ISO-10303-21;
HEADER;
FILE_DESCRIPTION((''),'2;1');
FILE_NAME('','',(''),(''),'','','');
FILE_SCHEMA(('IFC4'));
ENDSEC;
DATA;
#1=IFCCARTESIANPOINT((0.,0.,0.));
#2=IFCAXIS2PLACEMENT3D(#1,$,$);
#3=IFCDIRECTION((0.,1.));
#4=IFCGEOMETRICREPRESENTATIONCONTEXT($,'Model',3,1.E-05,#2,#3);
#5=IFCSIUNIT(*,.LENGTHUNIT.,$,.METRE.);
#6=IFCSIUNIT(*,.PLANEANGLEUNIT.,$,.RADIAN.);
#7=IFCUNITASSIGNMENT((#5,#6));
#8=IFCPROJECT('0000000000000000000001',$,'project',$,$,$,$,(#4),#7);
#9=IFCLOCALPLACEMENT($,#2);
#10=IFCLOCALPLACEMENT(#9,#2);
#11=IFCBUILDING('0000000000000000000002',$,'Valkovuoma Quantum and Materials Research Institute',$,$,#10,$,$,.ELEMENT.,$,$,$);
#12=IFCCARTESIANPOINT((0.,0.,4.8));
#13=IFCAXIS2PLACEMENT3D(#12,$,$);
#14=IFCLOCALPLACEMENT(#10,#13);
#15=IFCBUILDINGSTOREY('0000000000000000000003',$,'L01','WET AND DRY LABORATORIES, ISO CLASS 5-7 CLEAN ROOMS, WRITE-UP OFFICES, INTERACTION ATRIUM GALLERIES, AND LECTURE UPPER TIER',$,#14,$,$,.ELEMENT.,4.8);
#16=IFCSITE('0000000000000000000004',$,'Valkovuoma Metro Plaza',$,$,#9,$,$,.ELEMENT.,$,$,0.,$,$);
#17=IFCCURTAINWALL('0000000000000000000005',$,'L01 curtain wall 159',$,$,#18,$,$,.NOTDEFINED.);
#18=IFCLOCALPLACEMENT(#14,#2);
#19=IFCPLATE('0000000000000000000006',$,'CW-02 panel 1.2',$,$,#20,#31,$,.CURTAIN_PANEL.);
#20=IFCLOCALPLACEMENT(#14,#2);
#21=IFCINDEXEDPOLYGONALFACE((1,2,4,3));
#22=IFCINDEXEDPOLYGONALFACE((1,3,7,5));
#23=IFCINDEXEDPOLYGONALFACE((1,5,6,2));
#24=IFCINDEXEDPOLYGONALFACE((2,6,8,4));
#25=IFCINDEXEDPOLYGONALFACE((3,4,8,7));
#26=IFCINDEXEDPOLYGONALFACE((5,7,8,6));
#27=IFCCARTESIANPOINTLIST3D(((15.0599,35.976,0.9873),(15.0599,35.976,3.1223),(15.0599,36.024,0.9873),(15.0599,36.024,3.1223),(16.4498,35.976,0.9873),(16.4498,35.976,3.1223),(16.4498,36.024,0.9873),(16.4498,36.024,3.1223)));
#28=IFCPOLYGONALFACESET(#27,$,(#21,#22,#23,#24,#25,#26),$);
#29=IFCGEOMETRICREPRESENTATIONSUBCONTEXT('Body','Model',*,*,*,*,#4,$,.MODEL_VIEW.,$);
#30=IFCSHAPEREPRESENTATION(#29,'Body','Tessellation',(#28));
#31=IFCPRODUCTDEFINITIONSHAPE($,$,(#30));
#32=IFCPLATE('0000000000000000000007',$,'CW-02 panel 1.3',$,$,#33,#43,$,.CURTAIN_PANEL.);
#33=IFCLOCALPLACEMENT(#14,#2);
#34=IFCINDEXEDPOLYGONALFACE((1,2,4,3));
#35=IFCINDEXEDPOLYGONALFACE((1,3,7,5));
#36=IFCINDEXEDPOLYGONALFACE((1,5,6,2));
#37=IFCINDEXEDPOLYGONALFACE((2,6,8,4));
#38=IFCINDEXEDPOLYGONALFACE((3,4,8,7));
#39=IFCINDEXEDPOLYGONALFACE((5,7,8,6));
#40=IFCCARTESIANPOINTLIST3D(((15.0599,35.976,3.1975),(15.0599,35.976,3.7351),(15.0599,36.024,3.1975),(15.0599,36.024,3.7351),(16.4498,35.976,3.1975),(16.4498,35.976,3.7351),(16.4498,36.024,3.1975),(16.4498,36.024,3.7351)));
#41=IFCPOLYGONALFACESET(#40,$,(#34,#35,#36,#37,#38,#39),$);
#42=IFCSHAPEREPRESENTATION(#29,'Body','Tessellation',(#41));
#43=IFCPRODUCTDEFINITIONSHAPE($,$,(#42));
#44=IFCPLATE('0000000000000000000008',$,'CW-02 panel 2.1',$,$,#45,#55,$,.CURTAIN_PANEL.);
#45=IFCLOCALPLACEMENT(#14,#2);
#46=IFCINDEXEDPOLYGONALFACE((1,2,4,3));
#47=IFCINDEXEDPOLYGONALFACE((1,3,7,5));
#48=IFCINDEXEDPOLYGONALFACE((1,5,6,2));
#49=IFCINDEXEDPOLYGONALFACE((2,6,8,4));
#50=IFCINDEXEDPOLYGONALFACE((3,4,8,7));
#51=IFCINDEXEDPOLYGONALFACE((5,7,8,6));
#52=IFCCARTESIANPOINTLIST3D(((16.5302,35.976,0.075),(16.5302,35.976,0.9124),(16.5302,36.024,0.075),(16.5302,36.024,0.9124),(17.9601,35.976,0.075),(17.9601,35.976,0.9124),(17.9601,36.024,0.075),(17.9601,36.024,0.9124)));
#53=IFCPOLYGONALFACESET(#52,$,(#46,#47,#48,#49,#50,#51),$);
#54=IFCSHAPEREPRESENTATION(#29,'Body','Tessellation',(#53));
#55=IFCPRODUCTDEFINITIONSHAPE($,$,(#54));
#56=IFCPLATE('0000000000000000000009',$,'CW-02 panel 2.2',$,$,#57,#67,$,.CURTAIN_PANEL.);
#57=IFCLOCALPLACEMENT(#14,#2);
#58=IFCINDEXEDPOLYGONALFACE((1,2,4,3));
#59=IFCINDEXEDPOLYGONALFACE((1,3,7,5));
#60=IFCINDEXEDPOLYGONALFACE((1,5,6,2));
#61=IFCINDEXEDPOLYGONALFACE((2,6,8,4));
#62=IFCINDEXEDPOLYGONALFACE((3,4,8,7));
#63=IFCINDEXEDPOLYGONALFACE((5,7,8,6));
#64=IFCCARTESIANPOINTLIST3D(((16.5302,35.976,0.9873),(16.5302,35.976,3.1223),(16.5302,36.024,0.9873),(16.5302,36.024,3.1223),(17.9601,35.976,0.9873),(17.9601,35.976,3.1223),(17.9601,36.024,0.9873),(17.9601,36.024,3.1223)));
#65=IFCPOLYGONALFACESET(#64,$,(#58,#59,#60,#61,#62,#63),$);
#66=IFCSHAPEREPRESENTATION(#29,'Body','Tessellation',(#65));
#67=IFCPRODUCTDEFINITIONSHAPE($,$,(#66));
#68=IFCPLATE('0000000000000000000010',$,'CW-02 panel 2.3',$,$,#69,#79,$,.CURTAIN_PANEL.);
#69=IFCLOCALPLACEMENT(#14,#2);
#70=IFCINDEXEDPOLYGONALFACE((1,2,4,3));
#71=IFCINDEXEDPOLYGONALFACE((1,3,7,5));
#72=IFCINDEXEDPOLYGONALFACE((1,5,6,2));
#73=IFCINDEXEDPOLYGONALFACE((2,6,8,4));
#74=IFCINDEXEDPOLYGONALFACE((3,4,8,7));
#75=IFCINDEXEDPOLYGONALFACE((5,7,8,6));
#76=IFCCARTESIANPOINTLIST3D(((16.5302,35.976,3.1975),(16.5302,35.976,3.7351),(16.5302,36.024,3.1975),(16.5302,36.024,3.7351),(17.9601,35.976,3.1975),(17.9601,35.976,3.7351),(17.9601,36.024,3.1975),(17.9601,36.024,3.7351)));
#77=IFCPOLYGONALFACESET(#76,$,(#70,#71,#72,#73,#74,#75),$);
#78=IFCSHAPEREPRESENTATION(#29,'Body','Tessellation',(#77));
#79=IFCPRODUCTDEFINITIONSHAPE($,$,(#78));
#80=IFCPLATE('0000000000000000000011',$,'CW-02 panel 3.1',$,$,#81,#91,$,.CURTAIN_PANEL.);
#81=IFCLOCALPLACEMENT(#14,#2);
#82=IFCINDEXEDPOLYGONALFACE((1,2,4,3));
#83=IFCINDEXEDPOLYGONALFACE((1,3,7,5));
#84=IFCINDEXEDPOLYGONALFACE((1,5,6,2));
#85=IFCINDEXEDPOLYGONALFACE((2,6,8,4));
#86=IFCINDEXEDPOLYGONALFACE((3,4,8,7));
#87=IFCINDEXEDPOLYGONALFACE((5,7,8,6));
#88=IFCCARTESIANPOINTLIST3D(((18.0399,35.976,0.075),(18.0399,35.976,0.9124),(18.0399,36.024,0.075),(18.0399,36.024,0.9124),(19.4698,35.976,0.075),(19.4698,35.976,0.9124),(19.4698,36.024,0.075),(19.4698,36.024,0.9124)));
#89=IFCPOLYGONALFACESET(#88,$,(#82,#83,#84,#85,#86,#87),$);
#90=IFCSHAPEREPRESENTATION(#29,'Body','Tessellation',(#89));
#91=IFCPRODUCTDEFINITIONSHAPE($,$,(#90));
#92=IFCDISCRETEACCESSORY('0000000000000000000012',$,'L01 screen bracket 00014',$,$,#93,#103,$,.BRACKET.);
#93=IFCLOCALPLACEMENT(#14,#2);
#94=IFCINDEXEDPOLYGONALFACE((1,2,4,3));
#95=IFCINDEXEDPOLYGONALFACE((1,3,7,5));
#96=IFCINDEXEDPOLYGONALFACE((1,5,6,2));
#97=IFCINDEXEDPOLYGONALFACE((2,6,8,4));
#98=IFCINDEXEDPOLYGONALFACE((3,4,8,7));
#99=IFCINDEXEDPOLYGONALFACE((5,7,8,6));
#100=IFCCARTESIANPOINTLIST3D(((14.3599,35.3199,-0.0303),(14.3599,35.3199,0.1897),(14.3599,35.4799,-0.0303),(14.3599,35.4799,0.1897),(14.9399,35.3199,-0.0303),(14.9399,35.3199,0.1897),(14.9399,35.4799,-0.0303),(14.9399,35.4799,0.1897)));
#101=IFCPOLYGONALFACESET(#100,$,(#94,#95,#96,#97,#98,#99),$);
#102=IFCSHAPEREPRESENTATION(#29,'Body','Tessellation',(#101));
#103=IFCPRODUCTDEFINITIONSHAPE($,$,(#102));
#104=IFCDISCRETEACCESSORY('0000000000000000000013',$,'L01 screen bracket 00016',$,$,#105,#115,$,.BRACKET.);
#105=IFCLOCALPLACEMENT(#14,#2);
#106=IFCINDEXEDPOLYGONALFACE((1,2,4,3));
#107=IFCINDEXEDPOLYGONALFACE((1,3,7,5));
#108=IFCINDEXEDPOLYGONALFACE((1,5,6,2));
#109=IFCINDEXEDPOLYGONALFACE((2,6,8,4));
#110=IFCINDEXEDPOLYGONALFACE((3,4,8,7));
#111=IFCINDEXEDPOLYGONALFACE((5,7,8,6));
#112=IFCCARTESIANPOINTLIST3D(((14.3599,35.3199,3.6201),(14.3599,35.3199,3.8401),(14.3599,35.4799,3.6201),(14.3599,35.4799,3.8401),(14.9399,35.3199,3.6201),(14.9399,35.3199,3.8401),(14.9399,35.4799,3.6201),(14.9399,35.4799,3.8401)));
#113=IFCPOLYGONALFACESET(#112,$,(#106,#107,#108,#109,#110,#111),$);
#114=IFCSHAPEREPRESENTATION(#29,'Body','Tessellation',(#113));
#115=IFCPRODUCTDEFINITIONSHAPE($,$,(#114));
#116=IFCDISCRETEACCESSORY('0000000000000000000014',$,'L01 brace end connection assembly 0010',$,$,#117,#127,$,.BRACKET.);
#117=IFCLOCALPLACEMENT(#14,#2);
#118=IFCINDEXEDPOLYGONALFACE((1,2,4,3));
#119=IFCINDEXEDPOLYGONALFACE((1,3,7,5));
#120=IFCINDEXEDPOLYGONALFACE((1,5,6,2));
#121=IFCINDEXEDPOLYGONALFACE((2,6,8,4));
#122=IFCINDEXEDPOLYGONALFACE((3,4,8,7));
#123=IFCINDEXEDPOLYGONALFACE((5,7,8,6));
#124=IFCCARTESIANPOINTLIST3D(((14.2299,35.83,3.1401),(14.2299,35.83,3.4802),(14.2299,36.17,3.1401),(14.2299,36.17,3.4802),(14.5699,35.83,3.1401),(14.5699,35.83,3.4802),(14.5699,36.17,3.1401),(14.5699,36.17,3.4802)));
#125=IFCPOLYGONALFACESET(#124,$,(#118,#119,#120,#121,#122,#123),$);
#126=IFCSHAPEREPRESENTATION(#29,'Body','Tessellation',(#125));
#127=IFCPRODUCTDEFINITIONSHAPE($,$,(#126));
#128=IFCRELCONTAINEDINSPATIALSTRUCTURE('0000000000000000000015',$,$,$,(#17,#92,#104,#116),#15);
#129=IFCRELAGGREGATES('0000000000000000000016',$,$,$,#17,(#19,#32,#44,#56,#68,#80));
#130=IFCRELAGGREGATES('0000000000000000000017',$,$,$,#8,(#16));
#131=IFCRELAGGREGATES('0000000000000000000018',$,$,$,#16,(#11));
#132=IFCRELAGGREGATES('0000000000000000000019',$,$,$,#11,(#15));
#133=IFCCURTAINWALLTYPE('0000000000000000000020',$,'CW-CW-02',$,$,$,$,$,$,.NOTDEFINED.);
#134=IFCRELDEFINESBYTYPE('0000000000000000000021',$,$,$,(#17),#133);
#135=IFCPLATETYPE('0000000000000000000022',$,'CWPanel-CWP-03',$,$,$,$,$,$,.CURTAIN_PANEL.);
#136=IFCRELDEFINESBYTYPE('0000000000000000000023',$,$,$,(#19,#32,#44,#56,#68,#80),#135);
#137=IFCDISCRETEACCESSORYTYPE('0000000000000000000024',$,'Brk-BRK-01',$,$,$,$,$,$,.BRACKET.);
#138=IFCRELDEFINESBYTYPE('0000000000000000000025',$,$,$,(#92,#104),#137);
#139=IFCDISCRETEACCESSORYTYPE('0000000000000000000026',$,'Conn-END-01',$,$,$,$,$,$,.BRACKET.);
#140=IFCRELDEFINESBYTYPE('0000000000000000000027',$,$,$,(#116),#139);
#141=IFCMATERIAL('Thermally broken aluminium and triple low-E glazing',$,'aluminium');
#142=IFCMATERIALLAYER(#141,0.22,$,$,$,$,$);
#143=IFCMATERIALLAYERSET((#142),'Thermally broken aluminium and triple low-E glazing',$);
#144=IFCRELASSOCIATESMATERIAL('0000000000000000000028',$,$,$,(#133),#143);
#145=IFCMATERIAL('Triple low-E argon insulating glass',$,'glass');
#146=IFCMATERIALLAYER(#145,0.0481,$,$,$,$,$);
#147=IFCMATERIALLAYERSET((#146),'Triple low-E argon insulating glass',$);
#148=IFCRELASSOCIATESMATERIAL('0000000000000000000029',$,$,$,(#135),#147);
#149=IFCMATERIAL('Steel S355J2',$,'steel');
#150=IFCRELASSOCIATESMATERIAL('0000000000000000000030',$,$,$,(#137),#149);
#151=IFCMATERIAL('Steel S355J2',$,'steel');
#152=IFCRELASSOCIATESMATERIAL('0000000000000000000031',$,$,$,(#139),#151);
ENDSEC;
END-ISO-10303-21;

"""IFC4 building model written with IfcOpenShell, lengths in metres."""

from ifc_helpers import new_model, si_unit, direction, frame, origin, origin_2d, place, context, subcontext, project, spatial, rectangle, extrude, material, layer, layer_set, type_object, element, aggregate, save


model = new_model("IFC4")

# Units and contexts
model_context = context("Model", 3, precision=1e-05, world=origin(), true_north=direction((0.0, 1.0)))
body_context = subcontext(model_context, "Body", "Model", "MODEL_VIEW")
ifc_project = project(units=[si_unit("LENGTHUNIT", "METRE"), si_unit("PLANEANGLEUNIT", "RADIAN")], contexts=[model_context])

# Site, building, storey
site_placement = place(None, origin())
site = spatial("IfcSite", under=ifc_project, at=site_placement, Name="Valkovuoma Metro Plaza", CompositionType="ELEMENT", RefElevation=0.0)
building_placement = place(site_placement, origin())
building = spatial("IfcBuilding", under=site, at=building_placement, Name="Valkovuoma Quantum and Materials Research Institute", CompositionType="ELEMENT")
storey_placement = place(building_placement, frame((0.0, 0.0, 4.8)))
storey = spatial("IfcBuildingStorey", under=building, at=storey_placement, Name="L01", Description="WET AND DRY LABORATORIES, ISO CLASS 5-7 CLEAN ROOMS, WRITE-UP OFFICES, INTERACTION ATRIUM GALLERIES, AND LECTURE UPPER TIER", CompositionType="ELEMENT", Elevation=4.8)

# Curtain wall
ifc_material_1 = material(Name="Thermally broken aluminium and triple low-E glazing", Category="aluminium")
ifc_layer_1 = layer(ifc_material_1, 0.22)
ifc_layer_set_1 = layer_set([ifc_layer_1], Name="Thermally broken aluminium and triple low-E glazing")
curtain_wall_type_1 = type_object("IfcCurtainWallType", Name="CW-CW-02", PredefinedType="NOTDEFINED", material=ifc_layer_set_1)
curtain_wall_1_placement = place(storey_placement, origin())
curtain_wall_1 = element("IfcCurtainWall", 1, at=curtain_wall_1_placement, inside=storey, type_object=curtain_wall_type_1, Name="L01 curtain wall 159", PredefinedType="NOTDEFINED")

# Plates
ifc_material_2 = material(Name="Triple low-E argon insulating glass", Category="glass")
ifc_layer_2 = layer(ifc_material_2, 0.0481)
ifc_layer_set_2 = layer_set([ifc_layer_2], Name="Triple low-E argon insulating glass")
plate_type_1 = type_object("IfcPlateType", Name="CWPanel-CWP-03", PredefinedType="CURTAIN_PANEL", material=ifc_layer_set_2)
plate_1_placement = place(storey_placement, frame((15.7549, 36.0, 0.9873), z_axis=(0.0, 0.0, 1.0), x_axis=(1.0, 0.0, 0.0)))
plate_1 = element("IfcPlate", 2, at=plate_1_placement, type_object=plate_type_1, Name="CW-02 panel 1.2", PredefinedType="CURTAIN_PANEL", context=body_context, shape_type="SweptSolid", body=[
    extrude(rectangle(XDim=1.3899, YDim=0.0481, at=origin_2d()), origin(), (0.0, 0.0, 1.0), 2.135),
])
plate_2_placement = place(storey_placement, frame((15.7549, 36.0, 3.1975), z_axis=(0.0, 0.0, 1.0), x_axis=(1.0, 0.0, 0.0)))
plate_2 = element("IfcPlate", 3, at=plate_2_placement, type_object=plate_type_1, Name="CW-02 panel 1.3", PredefinedType="CURTAIN_PANEL", context=body_context, shape_type="SweptSolid", body=[
    extrude(rectangle(XDim=1.3899, YDim=0.0481, at=origin_2d()), origin(), (0.0, 0.0, 1.0), 0.5376),
])
plate_3_placement = place(storey_placement, frame((17.2451, 36.0, 0.075), z_axis=(0.0, 0.0, 1.0), x_axis=(1.0, 0.0, 0.0)))
plate_3 = element("IfcPlate", 4, at=plate_3_placement, type_object=plate_type_1, Name="CW-02 panel 2.1", PredefinedType="CURTAIN_PANEL", context=body_context, shape_type="SweptSolid", body=[
    extrude(rectangle(XDim=1.4299, YDim=0.0481, at=origin_2d()), origin(), (0.0, 0.0, 1.0), 0.8374),
])
plate_4_placement = place(storey_placement, frame((17.2451, 36.0, 0.9873), z_axis=(0.0, 0.0, 1.0), x_axis=(1.0, 0.0, 0.0)))
plate_4 = element("IfcPlate", 5, at=plate_4_placement, type_object=plate_type_1, Name="CW-02 panel 2.2", PredefinedType="CURTAIN_PANEL", context=body_context, shape_type="SweptSolid", body=[
    extrude(rectangle(XDim=1.4299, YDim=0.0481, at=origin_2d()), origin(), (0.0, 0.0, 1.0), 2.135),
])
plate_5_placement = place(storey_placement, frame((17.2451, 36.0, 3.1975), z_axis=(0.0, 0.0, 1.0), x_axis=(1.0, 0.0, 0.0)))
plate_5 = element("IfcPlate", 6, at=plate_5_placement, type_object=plate_type_1, Name="CW-02 panel 2.3", PredefinedType="CURTAIN_PANEL", context=body_context, shape_type="SweptSolid", body=[
    extrude(rectangle(XDim=1.4299, YDim=0.0481, at=origin_2d()), origin(), (0.0, 0.0, 1.0), 0.5376),
])
plate_6_placement = place(storey_placement, frame((18.7549, 36.0, 0.075), z_axis=(0.0, 0.0, 1.0), x_axis=(1.0, 0.0, 0.0)))
plate_6 = element("IfcPlate", 7, at=plate_6_placement, type_object=plate_type_1, Name="CW-02 panel 3.1", PredefinedType="CURTAIN_PANEL", context=body_context, shape_type="SweptSolid", body=[
    extrude(rectangle(XDim=1.4299, YDim=0.0481, at=origin_2d()), origin(), (0.0, 0.0, 1.0), 0.8374),
])
aggregate(curtain_wall_1, [plate_1, plate_2, plate_3, plate_4, plate_5, plate_6])

# Discrete accessories
ifc_material_3 = material(Name="Steel S355J2", Category="steel")
discrete_accessory_type_1 = type_object("IfcDiscreteAccessoryType", Name="Brk-BRK-01", PredefinedType="BRACKET", material=ifc_material_3)
for number, where, z_axis, x_axis, name in (
    (8, (14.6499, 35.3999, -0.0303), (0.0, 0.0, 1.0), (1.0, 0.0, 0.0), "L01 screen bracket 00014"),
    (9, (14.6499, 35.3999, 3.6201), (0.0, 0.0, 1.0), (1.0, 0.0, 0.0), "L01 screen bracket 00016"),
):
    element("IfcDiscreteAccessory", number, at=place(storey_placement, frame(where, z_axis=z_axis, x_axis=x_axis)), inside=storey, type_object=discrete_accessory_type_1, Name=name, PredefinedType="BRACKET", context=body_context, shape_type="SweptSolid", body=[
        extrude(rectangle(XDim=0.5801, YDim=0.1599, at=origin_2d()), origin(), (0.0, 0.0, 1.0), 0.22),
    ])
ifc_material_4 = material(Name="Steel S355J2", Category="steel")
discrete_accessory_type_2 = type_object("IfcDiscreteAccessoryType", Name="Conn-END-01", PredefinedType="BRACKET", material=ifc_material_4)
discrete_accessory_placement = place(storey_placement, frame((14.3999, 36.0, 3.1401), z_axis=(0.0, 0.0, 1.0), x_axis=(1.0, 0.0, 0.0)))
element("IfcDiscreteAccessory", 10, at=discrete_accessory_placement, inside=storey, type_object=discrete_accessory_type_2, Name="L01 brace end connection assembly 0010", PredefinedType="BRACKET", context=body_context, shape_type="SweptSolid", body=[
    extrude(rectangle(XDim=0.3401, YDim=0.3401, at=origin_2d()), origin(), (0.0, 0.0, 1.0), 0.3401),
])

save(model, "model.ifc")
